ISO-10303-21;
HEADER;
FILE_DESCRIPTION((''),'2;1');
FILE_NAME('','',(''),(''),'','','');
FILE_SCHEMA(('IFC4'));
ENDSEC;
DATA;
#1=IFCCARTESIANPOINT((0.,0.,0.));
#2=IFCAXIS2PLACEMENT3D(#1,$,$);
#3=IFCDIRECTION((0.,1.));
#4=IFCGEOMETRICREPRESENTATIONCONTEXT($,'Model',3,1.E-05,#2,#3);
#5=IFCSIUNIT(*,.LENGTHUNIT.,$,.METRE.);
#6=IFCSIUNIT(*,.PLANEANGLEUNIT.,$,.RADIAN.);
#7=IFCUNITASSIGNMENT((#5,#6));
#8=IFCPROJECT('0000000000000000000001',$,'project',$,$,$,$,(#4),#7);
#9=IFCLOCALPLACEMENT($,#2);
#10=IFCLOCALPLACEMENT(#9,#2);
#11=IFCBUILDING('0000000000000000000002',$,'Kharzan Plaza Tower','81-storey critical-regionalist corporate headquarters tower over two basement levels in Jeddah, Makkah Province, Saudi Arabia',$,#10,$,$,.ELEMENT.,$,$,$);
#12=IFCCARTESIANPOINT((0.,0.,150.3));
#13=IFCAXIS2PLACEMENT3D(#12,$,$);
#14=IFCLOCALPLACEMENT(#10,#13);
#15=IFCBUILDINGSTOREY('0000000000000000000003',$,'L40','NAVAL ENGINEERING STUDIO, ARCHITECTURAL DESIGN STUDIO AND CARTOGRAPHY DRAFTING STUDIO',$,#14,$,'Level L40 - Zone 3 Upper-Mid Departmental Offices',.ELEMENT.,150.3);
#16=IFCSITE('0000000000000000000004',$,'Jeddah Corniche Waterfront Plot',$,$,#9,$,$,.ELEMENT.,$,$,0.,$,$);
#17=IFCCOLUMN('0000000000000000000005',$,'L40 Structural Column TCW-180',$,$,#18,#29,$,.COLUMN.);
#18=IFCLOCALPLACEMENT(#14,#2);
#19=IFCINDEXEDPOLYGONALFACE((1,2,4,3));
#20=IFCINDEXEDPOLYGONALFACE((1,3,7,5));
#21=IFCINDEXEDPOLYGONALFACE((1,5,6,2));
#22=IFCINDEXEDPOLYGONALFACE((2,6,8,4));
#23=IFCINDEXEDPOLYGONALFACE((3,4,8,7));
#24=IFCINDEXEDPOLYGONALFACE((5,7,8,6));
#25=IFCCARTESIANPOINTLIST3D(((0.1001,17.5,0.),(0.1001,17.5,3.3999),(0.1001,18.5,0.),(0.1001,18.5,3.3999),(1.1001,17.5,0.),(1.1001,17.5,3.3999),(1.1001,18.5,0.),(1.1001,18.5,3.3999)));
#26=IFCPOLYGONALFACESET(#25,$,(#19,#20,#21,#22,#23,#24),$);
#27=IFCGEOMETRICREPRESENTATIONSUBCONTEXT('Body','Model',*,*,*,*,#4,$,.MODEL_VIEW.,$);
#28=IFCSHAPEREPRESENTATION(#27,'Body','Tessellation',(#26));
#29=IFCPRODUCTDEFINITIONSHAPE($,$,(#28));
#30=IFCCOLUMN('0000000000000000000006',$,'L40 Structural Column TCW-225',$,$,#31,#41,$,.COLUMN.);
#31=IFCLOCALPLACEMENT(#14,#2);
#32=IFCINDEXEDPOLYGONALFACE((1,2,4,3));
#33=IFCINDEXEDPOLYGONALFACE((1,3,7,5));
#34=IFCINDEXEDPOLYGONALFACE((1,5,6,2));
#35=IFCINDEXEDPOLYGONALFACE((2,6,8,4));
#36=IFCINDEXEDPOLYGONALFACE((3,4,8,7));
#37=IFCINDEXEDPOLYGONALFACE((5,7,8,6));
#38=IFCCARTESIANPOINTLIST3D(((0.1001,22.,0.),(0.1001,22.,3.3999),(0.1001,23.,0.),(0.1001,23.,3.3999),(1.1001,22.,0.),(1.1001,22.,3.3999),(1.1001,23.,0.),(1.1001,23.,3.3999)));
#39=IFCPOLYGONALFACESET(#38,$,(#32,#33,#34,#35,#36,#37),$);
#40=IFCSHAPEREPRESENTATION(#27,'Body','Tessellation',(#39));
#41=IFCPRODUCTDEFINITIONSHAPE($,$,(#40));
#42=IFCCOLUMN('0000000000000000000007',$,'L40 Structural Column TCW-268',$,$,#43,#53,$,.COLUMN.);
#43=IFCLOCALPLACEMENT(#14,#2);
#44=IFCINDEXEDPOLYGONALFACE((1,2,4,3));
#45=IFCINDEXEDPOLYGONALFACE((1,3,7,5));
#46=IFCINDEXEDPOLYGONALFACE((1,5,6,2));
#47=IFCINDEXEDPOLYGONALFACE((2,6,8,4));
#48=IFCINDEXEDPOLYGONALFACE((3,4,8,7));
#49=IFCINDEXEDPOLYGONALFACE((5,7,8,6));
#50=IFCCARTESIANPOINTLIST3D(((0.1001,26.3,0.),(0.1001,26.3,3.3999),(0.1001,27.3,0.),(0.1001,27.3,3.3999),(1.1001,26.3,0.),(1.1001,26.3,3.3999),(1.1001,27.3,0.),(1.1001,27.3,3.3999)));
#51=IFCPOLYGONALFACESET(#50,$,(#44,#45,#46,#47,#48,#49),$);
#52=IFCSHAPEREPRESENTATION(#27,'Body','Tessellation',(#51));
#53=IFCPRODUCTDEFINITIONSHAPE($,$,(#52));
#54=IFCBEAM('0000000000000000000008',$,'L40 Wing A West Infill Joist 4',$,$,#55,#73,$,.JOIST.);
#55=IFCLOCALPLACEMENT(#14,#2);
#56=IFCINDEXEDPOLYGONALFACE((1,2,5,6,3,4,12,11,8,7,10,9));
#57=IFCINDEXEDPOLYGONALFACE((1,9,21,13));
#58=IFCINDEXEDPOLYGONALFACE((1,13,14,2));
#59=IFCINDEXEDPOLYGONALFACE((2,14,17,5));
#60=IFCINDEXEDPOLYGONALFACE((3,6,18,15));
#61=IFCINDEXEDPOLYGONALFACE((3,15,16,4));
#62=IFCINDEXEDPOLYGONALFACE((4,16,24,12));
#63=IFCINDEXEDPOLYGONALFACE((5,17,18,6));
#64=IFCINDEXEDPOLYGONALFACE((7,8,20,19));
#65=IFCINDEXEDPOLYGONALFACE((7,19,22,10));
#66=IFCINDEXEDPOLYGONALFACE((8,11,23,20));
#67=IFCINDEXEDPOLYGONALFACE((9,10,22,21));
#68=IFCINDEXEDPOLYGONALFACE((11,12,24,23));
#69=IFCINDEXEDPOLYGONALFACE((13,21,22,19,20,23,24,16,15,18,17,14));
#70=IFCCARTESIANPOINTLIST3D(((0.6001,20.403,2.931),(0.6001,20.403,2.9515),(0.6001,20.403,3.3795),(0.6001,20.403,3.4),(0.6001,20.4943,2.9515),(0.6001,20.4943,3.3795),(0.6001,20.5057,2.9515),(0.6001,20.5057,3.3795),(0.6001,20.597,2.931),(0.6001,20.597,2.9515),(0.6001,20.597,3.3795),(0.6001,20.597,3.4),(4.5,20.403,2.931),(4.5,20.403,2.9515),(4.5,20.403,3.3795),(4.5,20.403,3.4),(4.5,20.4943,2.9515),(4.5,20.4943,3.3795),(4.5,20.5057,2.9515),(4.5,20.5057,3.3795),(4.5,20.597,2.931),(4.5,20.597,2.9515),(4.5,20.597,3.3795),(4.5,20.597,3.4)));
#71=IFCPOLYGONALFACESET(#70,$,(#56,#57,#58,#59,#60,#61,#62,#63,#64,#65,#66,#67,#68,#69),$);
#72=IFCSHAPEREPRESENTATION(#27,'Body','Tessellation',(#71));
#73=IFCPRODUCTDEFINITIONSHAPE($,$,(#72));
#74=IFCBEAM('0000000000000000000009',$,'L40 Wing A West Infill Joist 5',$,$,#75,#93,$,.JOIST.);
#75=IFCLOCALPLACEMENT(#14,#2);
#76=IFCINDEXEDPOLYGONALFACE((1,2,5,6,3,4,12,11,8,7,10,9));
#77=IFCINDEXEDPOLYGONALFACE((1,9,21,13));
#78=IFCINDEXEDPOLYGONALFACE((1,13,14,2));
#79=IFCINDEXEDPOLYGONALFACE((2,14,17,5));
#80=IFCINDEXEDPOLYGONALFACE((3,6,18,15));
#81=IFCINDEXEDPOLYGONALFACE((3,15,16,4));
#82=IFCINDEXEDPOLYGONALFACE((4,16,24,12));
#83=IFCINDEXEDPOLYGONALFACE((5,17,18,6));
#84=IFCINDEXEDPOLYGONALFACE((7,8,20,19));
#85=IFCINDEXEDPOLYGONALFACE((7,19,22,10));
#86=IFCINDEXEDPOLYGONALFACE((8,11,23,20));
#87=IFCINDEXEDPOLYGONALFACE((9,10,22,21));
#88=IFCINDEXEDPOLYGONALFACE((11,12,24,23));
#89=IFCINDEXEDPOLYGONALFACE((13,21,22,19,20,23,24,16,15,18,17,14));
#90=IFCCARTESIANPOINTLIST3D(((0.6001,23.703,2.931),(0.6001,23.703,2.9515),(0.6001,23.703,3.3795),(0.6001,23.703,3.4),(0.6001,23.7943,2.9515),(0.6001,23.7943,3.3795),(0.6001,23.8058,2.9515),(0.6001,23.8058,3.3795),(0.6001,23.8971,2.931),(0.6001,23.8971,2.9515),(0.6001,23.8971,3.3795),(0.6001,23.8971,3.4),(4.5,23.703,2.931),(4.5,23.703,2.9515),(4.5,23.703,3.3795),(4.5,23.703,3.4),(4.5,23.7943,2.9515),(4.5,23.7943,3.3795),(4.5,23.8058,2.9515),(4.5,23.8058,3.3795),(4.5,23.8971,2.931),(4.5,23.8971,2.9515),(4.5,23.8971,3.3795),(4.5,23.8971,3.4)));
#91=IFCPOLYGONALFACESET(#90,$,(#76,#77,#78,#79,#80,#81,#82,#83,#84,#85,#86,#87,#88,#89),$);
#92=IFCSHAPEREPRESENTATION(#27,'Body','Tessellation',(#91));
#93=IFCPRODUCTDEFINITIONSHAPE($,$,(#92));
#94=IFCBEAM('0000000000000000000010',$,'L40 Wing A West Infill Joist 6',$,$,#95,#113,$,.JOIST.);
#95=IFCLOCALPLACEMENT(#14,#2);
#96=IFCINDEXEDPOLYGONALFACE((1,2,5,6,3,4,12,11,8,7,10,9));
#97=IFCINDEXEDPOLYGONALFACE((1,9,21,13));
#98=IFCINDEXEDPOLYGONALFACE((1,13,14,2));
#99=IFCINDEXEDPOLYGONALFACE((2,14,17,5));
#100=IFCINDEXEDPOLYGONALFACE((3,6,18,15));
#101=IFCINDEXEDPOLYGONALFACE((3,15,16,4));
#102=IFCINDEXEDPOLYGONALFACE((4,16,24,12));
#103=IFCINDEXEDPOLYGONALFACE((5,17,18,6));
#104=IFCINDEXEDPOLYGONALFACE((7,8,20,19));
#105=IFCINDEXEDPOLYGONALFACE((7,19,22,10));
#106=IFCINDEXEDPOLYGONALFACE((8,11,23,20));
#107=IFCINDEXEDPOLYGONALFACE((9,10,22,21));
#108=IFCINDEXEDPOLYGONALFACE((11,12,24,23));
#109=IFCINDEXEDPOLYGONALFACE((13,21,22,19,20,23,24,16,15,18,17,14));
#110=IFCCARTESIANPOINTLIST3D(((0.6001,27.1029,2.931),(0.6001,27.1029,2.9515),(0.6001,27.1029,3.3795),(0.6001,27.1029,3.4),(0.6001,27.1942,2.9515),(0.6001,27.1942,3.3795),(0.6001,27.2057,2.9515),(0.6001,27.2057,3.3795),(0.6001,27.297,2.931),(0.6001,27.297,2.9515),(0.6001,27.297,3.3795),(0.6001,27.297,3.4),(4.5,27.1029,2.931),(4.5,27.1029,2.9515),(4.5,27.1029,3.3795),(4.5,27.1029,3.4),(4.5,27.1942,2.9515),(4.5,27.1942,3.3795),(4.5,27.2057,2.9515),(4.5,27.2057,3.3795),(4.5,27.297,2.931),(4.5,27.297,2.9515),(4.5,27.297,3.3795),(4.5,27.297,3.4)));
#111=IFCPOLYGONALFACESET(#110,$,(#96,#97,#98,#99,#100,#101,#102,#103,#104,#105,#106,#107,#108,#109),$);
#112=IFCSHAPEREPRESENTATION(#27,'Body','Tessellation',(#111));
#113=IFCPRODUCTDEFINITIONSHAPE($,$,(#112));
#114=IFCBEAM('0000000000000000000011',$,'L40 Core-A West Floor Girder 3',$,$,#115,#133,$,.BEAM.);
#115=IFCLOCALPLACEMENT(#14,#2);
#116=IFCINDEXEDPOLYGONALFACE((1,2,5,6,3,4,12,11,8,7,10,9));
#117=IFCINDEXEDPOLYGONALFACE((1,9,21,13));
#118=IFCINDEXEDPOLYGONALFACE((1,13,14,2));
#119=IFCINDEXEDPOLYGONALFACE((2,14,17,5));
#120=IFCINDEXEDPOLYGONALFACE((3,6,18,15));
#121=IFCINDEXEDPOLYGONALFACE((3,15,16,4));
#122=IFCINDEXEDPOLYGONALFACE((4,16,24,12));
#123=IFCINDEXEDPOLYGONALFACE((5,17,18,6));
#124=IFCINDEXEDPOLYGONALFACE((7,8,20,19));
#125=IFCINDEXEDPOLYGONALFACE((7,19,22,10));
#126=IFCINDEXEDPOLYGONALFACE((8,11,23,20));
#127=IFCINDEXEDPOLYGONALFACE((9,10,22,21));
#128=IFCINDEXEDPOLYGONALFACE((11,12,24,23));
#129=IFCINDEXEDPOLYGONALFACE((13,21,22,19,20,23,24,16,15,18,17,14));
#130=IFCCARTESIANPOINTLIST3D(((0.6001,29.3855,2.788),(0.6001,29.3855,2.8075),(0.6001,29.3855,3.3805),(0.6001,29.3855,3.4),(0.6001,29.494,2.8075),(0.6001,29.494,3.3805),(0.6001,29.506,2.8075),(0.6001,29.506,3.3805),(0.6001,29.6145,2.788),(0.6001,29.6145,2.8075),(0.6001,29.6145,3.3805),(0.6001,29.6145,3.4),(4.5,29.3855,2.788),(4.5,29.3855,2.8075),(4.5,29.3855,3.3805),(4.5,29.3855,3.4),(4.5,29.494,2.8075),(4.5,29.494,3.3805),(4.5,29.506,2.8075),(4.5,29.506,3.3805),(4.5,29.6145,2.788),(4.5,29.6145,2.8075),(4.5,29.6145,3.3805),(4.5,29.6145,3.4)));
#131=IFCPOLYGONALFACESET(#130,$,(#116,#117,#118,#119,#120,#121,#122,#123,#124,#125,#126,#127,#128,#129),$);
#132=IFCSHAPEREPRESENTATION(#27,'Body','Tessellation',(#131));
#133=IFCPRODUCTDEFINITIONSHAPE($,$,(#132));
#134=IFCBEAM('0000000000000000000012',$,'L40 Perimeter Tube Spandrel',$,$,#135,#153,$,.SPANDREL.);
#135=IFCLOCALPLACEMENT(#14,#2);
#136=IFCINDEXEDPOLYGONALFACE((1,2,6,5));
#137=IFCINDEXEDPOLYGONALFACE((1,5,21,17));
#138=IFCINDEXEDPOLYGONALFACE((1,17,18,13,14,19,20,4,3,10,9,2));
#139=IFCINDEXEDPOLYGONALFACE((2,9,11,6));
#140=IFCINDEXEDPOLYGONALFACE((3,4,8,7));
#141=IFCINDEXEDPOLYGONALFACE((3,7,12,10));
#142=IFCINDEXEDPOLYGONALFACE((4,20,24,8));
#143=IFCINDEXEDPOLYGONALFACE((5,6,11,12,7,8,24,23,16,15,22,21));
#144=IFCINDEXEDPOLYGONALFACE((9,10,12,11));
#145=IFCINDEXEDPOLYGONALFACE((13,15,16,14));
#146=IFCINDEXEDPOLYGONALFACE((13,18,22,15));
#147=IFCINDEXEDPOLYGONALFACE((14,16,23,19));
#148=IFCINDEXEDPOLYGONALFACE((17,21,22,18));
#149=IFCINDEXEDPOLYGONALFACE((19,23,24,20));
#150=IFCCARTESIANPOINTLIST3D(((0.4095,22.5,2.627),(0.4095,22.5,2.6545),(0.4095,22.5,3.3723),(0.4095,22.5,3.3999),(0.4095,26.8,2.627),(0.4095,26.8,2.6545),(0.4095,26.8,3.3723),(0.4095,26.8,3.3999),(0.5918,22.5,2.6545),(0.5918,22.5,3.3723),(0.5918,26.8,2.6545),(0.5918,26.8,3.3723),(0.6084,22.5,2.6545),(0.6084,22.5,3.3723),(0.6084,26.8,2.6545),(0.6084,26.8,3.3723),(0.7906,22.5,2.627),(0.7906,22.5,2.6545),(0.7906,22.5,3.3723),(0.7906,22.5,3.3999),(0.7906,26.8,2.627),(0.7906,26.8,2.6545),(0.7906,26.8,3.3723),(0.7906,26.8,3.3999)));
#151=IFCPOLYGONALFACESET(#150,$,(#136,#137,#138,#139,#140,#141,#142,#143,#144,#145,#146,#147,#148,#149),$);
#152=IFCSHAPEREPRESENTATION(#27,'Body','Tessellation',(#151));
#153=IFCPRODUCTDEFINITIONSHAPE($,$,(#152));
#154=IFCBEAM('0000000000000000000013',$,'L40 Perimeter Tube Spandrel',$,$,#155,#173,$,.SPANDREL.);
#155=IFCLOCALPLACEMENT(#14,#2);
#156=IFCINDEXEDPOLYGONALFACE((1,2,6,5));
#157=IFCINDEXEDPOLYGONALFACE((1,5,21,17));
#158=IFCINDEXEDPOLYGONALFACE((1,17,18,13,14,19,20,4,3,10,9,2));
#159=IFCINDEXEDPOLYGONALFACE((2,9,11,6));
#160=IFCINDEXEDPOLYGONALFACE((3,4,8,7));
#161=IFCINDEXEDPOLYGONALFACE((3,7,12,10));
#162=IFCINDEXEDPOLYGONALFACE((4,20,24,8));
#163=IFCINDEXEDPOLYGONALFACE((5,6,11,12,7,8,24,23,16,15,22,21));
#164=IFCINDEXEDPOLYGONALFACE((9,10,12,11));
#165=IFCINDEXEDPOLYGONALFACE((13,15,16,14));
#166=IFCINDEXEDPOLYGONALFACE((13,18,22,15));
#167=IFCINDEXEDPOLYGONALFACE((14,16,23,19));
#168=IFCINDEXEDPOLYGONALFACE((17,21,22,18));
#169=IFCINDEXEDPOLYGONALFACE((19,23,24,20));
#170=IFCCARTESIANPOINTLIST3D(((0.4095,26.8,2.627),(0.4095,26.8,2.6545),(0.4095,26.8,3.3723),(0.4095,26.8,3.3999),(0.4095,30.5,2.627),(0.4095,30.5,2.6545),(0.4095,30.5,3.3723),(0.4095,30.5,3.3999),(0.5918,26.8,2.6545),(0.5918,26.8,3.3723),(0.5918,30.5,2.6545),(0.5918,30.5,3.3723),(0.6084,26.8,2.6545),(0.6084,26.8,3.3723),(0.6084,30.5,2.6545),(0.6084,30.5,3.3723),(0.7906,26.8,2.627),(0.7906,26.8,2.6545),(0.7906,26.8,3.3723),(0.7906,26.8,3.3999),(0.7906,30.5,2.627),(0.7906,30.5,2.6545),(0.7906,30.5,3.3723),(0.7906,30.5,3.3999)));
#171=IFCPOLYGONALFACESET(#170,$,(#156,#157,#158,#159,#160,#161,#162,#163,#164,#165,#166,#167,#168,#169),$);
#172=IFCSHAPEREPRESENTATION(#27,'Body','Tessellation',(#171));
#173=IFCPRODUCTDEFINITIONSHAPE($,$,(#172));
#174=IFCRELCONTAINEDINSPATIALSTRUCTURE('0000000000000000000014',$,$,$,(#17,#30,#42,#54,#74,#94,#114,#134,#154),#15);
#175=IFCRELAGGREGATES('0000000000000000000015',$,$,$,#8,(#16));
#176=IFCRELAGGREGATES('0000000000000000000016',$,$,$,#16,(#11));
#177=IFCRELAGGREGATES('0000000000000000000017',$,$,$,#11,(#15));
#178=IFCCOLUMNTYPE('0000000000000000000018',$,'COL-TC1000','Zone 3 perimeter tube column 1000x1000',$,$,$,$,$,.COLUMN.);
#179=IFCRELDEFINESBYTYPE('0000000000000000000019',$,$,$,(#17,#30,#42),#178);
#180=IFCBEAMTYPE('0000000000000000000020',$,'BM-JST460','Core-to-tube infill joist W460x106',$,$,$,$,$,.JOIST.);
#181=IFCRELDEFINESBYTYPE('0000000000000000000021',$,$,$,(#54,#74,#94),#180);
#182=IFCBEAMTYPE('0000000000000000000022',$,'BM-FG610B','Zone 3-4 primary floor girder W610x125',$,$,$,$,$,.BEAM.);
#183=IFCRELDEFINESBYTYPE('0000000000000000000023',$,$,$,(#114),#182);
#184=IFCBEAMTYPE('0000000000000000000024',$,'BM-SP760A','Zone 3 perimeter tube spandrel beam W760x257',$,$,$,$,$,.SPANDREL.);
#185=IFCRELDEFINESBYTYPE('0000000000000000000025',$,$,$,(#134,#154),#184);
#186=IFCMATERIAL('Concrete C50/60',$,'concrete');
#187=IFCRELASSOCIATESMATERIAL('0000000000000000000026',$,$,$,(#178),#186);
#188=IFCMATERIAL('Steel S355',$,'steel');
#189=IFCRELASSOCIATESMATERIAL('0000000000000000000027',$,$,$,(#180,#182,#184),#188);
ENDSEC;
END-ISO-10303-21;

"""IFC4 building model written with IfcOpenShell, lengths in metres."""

from ifc_helpers import new_model, si_unit, direction, frame, origin, origin_2d, place, context, subcontext, project, spatial, rectangle, i_section, extrude, source, transform, mapped, material, material_profile, profile_set, type_object, element, save


model = new_model("IFC4")

# Units and contexts
model_context = context("Model", 3, precision=1e-05, world=origin(), true_north=direction((0.0, 1.0)))
body_context = subcontext(model_context, "Body", "Model", "MODEL_VIEW")
ifc_project = project(units=[si_unit("LENGTHUNIT", "METRE"), si_unit("PLANEANGLEUNIT", "RADIAN")], contexts=[model_context])

# Site, building, storey
site_placement = place(None, origin())
site = spatial("IfcSite", under=ifc_project, at=site_placement, Name="Jeddah Corniche Waterfront Plot", CompositionType="ELEMENT", RefElevation=0.0)
building_placement = place(site_placement, origin())
building = spatial("IfcBuilding", under=site, at=building_placement, Name="Kharzan Plaza Tower", Description="81-storey critical-regionalist corporate headquarters tower over two basement levels in Jeddah, Makkah Province, Saudi Arabia", CompositionType="ELEMENT")
storey_placement = place(building_placement, frame((0.0, 0.0, 150.3)))
storey = spatial("IfcBuildingStorey", under=building, at=storey_placement, Name="L40", Description="NAVAL ENGINEERING STUDIO, ARCHITECTURAL DESIGN STUDIO AND CARTOGRAPHY DRAFTING STUDIO", LongName="Level L40 - Zone 3 Upper-Mid Departmental Offices", CompositionType="ELEMENT", Elevation=150.3)

# Columns
ifc_material_1 = material(Name="Concrete C50/60", Category="concrete")
ifc_material_profile_1 = material_profile(ifc_material_1, rectangle(XDim=1.0, YDim=1.0, at=origin_2d()), Name="RC-TC1000x1000")
ifc_profile_set_1 = profile_set([ifc_material_profile_1], Name="Concrete C50/60")
column_type = type_object("IfcColumnType", Name="COL-TC1000", Description="Zone 3 perimeter tube column 1000x1000", PredefinedType="COLUMN", material=ifc_profile_set_1)
shared_shape_1 = source(origin(), body_context, "Body", "SweptSolid", [
    extrude(rectangle(XDim=1.0, YDim=1.0, at=origin_2d()), origin(), (0.0, 0.0, 1.0), 3.3999),
])
for number, where, z_axis, x_axis, name in (
    (1, (0.6001, 18.0, 0.0), (0.0, 0.0, 1.0), (1.0, 0.0, 0.0), "L40 Structural Column TCW-180"),
    (2, (0.6001, 22.5, 0.0), (0.0, 0.0, 1.0), (1.0, 0.0, 0.0), "L40 Structural Column TCW-225"),
    (3, (0.6001, 26.8, 0.0), (0.0, 0.0, 1.0), (1.0, 0.0, 0.0), "L40 Structural Column TCW-268"),
):
    element("IfcColumn", number, at=place(storey_placement, frame(where, z_axis=z_axis, x_axis=x_axis)), inside=storey, type_object=column_type, Name=name, PredefinedType="COLUMN", context=body_context, shape_type="MappedRepresentation", body=[
        mapped(shared_shape_1, transform((0.0, 0.0, 0.0), x_axis=(1.0, 0.0, 0.0), y_axis=(0.0, 1.0, 0.0), z_axis=(0.0, 0.0, 1.0))),
    ])

# Beams
ifc_material_2 = material(Name="Steel S355", Category="steel")
ifc_material_profile_2 = material_profile(ifc_material_2, i_section(OverallWidth=0.1941, OverallDepth=0.469, WebThickness=0.0115, FlangeThickness=0.0205, at=origin_2d()), Name="W460x106")
ifc_profile_set_2 = profile_set([ifc_material_profile_2], Name="Steel S355")
beam_type_1 = type_object("IfcBeamType", Name="BM-JST460", Description="Core-to-tube infill joist W460x106", PredefinedType="JOIST", material=ifc_profile_set_2)
shared_shape_2 = source(origin(), body_context, "Body", "SweptSolid", [
    extrude(i_section(OverallWidth=0.1941, OverallDepth=0.469, WebThickness=0.0115, FlangeThickness=0.0205, at=origin_2d()), origin(), (0.0, 0.0, 1.0), 3.8999),
])
for number, where, z_axis, x_axis, name in (
    (4, (0.6001, 20.5, 3.1655), (1.0, 0.0, 0.0), (0.0, 1.0, 0.0), "L40 Wing A West Infill Joist 4"),
    (5, (0.6001, 23.8, 3.1655), (1.0, 0.0, 0.0), (0.0, 1.0, 0.0), "L40 Wing A West Infill Joist 5"),
    (6, (0.6001, 27.2, 3.1655), (1.0, 0.0, 0.0), (0.0, 1.0, 0.0), "L40 Wing A West Infill Joist 6"),
):
    element("IfcBeam", number, at=place(storey_placement, frame(where, z_axis=z_axis, x_axis=x_axis)), inside=storey, type_object=beam_type_1, Name=name, PredefinedType="JOIST", context=body_context, shape_type="MappedRepresentation", body=[
        mapped(shared_shape_2, transform((0.0, 0.0, 0.0), x_axis=(1.0, 0.0, 0.0), y_axis=(0.0, 1.0, 0.0), z_axis=(0.0, 0.0, 1.0))),
    ])
ifc_material_profile_3 = material_profile(ifc_material_2, i_section(OverallWidth=0.229, OverallDepth=0.6121, WebThickness=0.012, FlangeThickness=0.0195, at=origin_2d()), Name="W610x125")
ifc_profile_set_3 = profile_set([ifc_material_profile_3], Name="Steel S355")
beam_type_2 = type_object("IfcBeamType", Name="BM-FG610B", Description="Zone 3-4 primary floor girder W610x125", PredefinedType="BEAM", material=ifc_profile_set_3)
shared_shape_3 = source(origin(), body_context, "Body", "SweptSolid", [
    extrude(i_section(OverallWidth=0.229, OverallDepth=0.6121, WebThickness=0.012, FlangeThickness=0.0195, at=origin_2d()), origin(), (0.0, 0.0, 1.0), 3.8999),
])
beam_1_placement = place(storey_placement, frame((0.6001, 29.5, 3.094), z_axis=(1.0, 0.0, 0.0), x_axis=(0.0, 1.0, 0.0)))
element("IfcBeam", 7, at=beam_1_placement, inside=storey, type_object=beam_type_2, Name="L40 Core-A West Floor Girder 3", PredefinedType="BEAM", context=body_context, shape_type="MappedRepresentation", body=[
    mapped(shared_shape_3, transform((0.0, 0.0, 0.0), x_axis=(1.0, 0.0, 0.0), y_axis=(0.0, 1.0, 0.0), z_axis=(0.0, 0.0, 1.0))),
])
ifc_material_profile_4 = material_profile(ifc_material_2, i_section(OverallWidth=0.3811, OverallDepth=0.7729, WebThickness=0.0166, FlangeThickness=0.0276, at=origin_2d()), Name="W760x257")
ifc_profile_set_4 = profile_set([ifc_material_profile_4], Name="Steel S355")
beam_type_3 = type_object("IfcBeamType", Name="BM-SP760A", Description="Zone 3 perimeter tube spandrel beam W760x257", PredefinedType="SPANDREL", material=ifc_profile_set_4)
shared_shape_4 = source(origin(), body_context, "Body", "SweptSolid", [
    extrude(i_section(OverallWidth=0.3811, OverallDepth=0.7729, WebThickness=0.0166, FlangeThickness=0.0276, at=origin_2d()), origin(), (0.0, 0.0, 1.0), 4.3),
])
beam_2_placement = place(storey_placement, frame((0.6001, 22.5, 3.0134), z_axis=(0.0, 1.0, 0.0), x_axis=(-1.0, 0.0, 0.0)))
element("IfcBeam", 8, at=beam_2_placement, inside=storey, type_object=beam_type_3, Name="L40 Perimeter Tube Spandrel", PredefinedType="SPANDREL", context=body_context, shape_type="MappedRepresentation", body=[
    mapped(shared_shape_4, transform((0.0, 0.0, 0.0), x_axis=(1.0, 0.0, 0.0), y_axis=(0.0, 1.0, 0.0), z_axis=(0.0, 0.0, 1.0))),
])
shared_shape_5 = source(origin(), body_context, "Body", "SweptSolid", [
    extrude(i_section(OverallWidth=0.3811, OverallDepth=0.7729, WebThickness=0.0166, FlangeThickness=0.0276, at=origin_2d()), origin(), (0.0, 0.0, 1.0), 3.7),
])
beam_3_placement = place(storey_placement, frame((0.6001, 26.8, 3.0134), z_axis=(0.0, 1.0, 0.0), x_axis=(-1.0, 0.0, 0.0)))
element("IfcBeam", 9, at=beam_3_placement, inside=storey, type_object=beam_type_3, Name="L40 Perimeter Tube Spandrel", PredefinedType="SPANDREL", context=body_context, shape_type="MappedRepresentation", body=[
    mapped(shared_shape_5, transform((0.0, 0.0, 0.0), x_axis=(1.0, 0.0, 0.0), y_axis=(0.0, 1.0, 0.0), z_axis=(0.0, 0.0, 1.0))),
])

save(model, "model.ifc")
